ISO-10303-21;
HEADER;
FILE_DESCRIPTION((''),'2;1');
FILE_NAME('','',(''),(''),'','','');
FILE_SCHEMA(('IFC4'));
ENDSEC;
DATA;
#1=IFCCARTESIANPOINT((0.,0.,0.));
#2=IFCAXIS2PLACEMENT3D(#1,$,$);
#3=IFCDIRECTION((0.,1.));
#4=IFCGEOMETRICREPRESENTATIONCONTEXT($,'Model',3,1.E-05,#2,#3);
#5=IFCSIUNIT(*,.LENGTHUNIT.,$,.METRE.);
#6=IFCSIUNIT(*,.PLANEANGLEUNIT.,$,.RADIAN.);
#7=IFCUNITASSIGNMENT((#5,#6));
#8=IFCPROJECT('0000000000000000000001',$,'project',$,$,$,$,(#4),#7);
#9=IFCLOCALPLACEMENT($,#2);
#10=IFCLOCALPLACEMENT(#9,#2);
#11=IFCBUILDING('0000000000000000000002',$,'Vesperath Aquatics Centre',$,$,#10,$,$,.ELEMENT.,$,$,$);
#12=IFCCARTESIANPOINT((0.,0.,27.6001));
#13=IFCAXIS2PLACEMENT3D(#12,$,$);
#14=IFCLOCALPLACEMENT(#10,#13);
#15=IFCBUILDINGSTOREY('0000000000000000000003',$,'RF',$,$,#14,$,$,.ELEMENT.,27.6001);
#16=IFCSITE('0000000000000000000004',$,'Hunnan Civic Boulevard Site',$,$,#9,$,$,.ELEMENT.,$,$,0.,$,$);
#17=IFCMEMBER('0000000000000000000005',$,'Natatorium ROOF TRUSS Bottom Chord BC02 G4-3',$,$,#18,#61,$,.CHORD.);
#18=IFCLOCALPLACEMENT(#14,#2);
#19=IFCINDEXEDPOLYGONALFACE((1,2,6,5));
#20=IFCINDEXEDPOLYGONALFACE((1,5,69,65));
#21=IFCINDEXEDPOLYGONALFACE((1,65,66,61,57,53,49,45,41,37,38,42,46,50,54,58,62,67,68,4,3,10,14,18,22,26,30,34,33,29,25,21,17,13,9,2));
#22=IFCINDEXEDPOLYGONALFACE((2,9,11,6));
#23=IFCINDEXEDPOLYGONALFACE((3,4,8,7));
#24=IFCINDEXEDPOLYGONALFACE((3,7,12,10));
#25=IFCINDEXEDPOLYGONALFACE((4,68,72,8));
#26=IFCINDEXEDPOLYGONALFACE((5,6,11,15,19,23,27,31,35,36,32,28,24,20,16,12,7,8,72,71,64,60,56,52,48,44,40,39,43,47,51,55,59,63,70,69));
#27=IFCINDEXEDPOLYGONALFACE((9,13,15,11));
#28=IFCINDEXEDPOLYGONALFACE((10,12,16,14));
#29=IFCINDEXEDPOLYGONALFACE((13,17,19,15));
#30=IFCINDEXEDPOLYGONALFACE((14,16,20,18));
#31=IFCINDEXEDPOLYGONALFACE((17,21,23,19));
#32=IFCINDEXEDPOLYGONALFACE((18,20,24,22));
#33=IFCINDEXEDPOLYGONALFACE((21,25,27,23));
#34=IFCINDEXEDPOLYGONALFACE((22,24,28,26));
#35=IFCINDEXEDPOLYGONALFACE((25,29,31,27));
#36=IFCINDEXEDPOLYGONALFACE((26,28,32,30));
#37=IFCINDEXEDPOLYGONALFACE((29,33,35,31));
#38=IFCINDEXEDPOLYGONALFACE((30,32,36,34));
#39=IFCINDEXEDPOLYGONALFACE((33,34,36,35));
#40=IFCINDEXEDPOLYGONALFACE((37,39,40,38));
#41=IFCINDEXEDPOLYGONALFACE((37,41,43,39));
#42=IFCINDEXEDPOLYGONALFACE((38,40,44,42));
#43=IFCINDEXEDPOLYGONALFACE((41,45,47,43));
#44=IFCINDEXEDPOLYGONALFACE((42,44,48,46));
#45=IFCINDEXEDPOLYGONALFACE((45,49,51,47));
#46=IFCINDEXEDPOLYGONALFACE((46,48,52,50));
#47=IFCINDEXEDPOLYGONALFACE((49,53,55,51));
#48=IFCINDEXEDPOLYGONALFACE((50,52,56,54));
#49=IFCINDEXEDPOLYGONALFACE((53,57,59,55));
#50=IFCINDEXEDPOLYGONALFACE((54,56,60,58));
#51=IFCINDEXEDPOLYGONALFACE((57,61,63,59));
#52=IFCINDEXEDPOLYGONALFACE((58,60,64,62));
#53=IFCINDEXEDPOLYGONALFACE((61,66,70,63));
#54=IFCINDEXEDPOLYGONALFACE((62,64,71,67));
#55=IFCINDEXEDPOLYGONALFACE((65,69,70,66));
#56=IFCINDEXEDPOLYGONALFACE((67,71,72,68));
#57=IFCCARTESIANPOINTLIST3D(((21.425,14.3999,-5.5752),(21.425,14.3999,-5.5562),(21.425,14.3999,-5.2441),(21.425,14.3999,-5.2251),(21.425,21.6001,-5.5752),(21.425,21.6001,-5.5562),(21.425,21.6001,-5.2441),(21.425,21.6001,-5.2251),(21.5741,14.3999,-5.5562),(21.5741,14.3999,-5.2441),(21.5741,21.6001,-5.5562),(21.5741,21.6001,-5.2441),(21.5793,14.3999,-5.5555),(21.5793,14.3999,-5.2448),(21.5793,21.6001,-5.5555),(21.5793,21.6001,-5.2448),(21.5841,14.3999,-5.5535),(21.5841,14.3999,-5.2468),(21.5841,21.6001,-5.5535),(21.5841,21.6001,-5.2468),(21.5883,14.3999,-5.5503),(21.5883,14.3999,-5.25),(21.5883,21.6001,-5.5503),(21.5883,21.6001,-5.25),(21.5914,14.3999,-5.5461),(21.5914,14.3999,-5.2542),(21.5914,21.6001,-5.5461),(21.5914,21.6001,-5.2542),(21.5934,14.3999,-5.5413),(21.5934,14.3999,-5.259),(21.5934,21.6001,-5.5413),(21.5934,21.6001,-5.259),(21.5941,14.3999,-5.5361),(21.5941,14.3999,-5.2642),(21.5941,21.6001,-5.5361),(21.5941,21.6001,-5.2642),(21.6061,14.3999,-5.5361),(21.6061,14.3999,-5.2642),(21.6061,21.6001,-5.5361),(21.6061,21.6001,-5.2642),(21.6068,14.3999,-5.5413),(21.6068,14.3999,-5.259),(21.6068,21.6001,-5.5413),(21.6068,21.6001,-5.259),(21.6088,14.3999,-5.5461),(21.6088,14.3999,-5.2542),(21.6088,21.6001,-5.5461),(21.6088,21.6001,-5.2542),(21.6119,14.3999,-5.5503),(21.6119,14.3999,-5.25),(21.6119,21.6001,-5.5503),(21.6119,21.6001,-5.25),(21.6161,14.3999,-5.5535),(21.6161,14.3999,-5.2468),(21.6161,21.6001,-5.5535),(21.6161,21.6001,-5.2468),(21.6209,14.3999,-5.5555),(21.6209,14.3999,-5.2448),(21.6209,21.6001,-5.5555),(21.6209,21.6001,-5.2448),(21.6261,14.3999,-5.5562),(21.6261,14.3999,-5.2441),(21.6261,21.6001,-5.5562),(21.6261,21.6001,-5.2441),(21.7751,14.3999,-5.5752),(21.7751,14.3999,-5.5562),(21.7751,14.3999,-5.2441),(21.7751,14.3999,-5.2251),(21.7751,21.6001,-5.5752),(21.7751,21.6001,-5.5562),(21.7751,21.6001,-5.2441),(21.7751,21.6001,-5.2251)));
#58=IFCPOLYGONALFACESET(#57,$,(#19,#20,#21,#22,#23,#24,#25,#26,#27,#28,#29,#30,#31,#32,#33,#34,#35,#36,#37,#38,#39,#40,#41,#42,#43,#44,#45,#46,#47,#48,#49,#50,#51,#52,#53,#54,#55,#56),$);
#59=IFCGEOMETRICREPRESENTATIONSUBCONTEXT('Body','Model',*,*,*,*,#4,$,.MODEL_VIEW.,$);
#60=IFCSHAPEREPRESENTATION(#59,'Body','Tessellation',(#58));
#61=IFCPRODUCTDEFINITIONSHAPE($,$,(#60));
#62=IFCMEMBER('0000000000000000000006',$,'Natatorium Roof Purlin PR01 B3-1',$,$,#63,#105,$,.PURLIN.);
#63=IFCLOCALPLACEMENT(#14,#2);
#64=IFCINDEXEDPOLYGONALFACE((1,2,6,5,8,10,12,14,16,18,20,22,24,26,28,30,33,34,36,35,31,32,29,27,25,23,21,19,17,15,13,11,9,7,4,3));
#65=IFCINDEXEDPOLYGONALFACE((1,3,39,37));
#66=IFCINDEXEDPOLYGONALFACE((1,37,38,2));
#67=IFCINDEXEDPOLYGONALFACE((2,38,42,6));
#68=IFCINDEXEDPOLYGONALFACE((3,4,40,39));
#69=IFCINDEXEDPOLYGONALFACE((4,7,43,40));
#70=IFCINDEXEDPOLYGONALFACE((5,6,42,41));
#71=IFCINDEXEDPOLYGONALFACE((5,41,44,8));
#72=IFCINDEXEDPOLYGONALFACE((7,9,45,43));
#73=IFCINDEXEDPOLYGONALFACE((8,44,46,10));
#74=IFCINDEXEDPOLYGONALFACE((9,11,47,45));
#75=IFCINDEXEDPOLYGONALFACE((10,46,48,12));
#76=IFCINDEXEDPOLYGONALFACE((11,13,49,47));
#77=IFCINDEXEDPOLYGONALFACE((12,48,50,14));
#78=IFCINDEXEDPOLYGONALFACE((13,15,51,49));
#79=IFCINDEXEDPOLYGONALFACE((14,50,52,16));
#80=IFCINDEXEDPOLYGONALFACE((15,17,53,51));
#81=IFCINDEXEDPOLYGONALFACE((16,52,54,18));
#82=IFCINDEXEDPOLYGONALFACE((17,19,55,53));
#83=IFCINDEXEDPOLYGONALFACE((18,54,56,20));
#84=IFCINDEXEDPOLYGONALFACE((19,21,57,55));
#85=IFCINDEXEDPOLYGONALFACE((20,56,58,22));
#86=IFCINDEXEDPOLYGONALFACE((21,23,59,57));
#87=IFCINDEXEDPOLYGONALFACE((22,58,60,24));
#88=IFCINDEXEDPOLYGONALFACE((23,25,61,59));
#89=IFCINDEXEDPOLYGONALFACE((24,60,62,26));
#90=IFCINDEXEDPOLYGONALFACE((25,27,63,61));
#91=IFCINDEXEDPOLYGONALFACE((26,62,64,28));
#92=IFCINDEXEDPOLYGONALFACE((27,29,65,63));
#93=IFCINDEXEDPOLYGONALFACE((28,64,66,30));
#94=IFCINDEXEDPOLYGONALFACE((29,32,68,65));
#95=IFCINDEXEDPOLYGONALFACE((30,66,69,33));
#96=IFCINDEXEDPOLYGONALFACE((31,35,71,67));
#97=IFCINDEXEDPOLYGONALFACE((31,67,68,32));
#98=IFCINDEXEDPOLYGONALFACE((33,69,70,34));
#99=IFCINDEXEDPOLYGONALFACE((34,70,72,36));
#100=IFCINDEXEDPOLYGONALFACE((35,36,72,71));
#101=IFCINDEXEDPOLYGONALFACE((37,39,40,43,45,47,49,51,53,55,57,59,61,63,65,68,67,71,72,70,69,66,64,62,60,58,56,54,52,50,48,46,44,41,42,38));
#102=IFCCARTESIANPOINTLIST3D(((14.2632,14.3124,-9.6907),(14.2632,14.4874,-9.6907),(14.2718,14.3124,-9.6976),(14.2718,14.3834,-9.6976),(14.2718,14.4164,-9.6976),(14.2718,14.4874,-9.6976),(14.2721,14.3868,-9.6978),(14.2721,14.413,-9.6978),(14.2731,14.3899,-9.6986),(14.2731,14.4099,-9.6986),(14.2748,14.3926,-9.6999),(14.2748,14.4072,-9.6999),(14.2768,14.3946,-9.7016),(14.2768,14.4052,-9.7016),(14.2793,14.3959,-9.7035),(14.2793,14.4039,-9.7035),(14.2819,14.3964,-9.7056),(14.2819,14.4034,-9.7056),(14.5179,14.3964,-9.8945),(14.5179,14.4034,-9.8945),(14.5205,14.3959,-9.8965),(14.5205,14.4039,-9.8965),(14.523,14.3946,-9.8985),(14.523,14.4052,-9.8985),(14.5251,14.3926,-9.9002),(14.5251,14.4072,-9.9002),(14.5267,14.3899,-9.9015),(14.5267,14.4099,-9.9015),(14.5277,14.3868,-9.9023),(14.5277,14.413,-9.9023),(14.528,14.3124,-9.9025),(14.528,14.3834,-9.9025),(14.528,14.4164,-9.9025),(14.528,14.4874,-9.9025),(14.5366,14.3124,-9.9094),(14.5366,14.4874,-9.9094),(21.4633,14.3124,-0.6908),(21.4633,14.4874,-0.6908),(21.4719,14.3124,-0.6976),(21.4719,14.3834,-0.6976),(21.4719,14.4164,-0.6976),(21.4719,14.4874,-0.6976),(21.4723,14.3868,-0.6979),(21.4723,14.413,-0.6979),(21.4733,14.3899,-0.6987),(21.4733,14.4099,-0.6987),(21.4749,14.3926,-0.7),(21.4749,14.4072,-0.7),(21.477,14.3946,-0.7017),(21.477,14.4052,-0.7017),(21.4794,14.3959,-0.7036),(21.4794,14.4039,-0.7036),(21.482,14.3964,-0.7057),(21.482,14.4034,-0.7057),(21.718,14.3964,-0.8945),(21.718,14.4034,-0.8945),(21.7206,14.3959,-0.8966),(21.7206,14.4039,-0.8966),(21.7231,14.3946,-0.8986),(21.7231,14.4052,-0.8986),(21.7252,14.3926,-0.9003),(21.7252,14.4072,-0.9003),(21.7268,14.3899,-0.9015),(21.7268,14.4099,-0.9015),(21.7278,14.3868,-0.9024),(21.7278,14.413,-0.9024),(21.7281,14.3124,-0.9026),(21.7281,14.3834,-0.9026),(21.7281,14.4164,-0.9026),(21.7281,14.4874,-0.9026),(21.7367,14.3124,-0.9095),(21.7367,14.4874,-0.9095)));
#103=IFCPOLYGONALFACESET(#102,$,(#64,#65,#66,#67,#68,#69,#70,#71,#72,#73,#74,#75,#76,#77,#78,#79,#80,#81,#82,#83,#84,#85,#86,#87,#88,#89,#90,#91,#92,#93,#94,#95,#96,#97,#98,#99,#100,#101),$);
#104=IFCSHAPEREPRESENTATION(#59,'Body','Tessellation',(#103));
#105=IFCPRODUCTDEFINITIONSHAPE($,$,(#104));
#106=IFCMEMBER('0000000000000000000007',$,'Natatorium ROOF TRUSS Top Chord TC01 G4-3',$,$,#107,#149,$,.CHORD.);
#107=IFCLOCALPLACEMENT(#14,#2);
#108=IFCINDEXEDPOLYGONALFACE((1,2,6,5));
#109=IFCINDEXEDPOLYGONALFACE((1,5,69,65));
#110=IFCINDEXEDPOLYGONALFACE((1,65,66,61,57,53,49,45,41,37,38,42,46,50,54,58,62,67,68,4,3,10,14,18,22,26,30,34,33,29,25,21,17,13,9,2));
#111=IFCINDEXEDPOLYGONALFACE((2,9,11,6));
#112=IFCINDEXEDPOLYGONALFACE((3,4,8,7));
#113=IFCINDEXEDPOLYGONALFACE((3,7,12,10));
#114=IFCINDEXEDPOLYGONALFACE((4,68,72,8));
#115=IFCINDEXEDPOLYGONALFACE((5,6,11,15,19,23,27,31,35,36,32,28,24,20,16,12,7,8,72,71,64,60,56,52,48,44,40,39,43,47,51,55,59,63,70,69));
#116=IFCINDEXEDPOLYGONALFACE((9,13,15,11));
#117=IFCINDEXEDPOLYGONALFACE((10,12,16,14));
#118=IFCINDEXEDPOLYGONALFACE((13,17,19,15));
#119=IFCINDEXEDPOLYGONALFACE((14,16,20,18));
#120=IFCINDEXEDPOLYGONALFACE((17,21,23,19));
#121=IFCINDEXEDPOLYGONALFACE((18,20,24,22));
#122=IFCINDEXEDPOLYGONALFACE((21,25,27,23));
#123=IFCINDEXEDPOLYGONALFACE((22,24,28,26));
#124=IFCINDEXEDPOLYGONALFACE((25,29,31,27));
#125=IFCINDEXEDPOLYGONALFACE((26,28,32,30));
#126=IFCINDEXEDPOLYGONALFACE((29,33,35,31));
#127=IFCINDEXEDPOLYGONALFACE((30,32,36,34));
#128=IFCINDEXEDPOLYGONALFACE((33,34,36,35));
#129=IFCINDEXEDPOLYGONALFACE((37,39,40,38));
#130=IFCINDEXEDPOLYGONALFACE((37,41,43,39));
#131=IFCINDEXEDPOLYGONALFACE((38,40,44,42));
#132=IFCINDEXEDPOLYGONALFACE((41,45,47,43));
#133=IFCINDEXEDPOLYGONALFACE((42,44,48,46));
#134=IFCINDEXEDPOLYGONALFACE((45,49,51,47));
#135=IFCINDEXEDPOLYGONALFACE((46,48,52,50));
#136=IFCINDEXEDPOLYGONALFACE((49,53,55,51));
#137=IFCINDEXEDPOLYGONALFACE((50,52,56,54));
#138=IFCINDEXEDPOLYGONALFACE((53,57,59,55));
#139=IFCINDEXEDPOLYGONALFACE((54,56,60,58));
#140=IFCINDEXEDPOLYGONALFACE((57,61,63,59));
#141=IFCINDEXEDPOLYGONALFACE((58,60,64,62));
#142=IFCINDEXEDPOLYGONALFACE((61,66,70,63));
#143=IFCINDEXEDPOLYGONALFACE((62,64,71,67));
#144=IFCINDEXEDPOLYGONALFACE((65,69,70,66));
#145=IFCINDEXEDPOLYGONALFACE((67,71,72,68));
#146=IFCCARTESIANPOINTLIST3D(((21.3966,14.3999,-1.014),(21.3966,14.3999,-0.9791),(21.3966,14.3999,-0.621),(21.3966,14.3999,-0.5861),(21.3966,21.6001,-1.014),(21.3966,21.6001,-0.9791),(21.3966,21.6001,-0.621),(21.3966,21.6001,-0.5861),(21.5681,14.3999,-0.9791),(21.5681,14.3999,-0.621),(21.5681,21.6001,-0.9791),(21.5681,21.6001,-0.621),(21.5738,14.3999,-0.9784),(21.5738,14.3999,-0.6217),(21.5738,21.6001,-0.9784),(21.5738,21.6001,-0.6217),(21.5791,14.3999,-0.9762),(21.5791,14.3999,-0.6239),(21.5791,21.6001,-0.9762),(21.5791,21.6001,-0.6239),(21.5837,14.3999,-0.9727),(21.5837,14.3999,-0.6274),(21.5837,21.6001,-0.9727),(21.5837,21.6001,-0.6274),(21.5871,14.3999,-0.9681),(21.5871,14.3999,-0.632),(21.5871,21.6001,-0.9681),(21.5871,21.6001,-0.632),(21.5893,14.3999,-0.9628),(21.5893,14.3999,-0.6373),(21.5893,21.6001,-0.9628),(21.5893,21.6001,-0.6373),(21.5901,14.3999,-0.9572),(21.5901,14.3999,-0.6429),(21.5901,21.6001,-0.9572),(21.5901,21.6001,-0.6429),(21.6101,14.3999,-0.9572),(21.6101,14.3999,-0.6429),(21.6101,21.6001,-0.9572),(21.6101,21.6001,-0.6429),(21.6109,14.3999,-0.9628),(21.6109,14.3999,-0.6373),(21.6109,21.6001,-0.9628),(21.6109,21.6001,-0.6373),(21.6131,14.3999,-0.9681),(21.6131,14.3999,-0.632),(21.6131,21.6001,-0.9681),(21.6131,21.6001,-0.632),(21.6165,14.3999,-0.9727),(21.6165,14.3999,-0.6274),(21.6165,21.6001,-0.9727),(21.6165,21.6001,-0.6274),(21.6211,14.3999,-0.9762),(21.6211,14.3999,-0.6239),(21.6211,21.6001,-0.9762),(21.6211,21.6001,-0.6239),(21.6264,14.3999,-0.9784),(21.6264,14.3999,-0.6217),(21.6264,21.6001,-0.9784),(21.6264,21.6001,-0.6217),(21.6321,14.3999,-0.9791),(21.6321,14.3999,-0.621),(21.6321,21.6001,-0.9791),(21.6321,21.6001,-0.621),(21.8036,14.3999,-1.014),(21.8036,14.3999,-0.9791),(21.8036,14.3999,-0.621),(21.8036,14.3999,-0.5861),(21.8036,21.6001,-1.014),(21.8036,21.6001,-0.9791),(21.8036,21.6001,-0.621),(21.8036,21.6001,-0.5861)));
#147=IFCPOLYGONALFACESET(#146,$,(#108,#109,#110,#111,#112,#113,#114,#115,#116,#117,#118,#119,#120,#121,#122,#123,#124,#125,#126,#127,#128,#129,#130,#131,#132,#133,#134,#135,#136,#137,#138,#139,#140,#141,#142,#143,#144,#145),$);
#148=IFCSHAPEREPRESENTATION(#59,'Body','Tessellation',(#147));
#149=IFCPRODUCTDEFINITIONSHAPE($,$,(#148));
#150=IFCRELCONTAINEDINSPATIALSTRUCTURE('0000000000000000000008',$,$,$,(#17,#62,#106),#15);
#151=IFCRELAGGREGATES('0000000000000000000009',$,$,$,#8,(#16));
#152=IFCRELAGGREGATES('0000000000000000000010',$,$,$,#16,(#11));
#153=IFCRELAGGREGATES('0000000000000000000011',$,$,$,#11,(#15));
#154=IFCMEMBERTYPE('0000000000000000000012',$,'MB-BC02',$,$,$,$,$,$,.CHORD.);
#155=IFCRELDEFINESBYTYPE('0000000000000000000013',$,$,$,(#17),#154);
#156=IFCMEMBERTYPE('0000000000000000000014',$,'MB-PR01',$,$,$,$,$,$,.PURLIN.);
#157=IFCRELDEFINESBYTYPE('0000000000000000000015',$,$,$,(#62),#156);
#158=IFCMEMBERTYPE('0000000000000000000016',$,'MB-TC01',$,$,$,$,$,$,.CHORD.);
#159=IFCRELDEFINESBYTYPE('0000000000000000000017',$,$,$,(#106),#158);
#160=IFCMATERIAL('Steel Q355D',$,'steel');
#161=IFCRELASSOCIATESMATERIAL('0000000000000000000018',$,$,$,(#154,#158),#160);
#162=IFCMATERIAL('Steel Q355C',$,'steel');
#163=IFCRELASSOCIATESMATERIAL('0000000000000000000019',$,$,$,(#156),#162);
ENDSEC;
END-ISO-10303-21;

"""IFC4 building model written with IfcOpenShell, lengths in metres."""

from ifc_helpers import new_model, si_unit, direction, frame, origin, origin_2d, place, context, subcontext, project, spatial, i_section, extrude, material, material_profile, profile_set, type_object, element, save


model = new_model("IFC4")

# Units and contexts
model_context = context("Model", 3, precision=1e-05, world=origin(), true_north=direction((0.0, 1.0)))
body_context = subcontext(model_context, "Body", "Model", "MODEL_VIEW")
ifc_project = project(units=[si_unit("LENGTHUNIT", "METRE"), si_unit("PLANEANGLEUNIT", "RADIAN")], contexts=[model_context])

# Site, building, storey
site_placement = place(None, origin())
site = spatial("IfcSite", under=ifc_project, at=site_placement, Name="Hunnan Civic Boulevard Site", CompositionType="ELEMENT", RefElevation=0.0)
building_placement = place(site_placement, origin())
building = spatial("IfcBuilding", under=site, at=building_placement, Name="Vesperath Aquatics Centre", CompositionType="ELEMENT")
storey_placement = place(building_placement, frame((0.0, 0.0, 27.6001)))
storey = spatial("IfcBuildingStorey", under=building, at=storey_placement, Name="RF", CompositionType="ELEMENT", Elevation=27.6001)

# Shared definitions
ifc_material_1 = material(Name="Steel Q355C", Category="steel")

# Members
ifc_material_2 = material(Name="Steel Q355D", Category="steel")
ifc_material_profile_1 = material_profile(ifc_material_2, i_section(OverallWidth=0.3501, OverallDepth=0.3501, WebThickness=0.012, FlangeThickness=0.019, FilletRadius=0.02, at=origin_2d()), Name="HW 350x350x12x19")
ifc_profile_set_1 = profile_set([ifc_material_profile_1], Name="Steel Q355D")
member_type_1 = type_object("IfcMemberType", Name="MB-BC02", PredefinedType="CHORD", material=ifc_profile_set_1)
member_1_placement = place(storey_placement, frame((21.6001, 14.3999, -5.4001), z_axis=(0.0, 1.0, 0.0), x_axis=(-1.0, 0.0, 0.0)))
element("IfcMember", 1, at=member_1_placement, inside=storey, type_object=member_type_1, Name="Natatorium ROOF TRUSS Bottom Chord BC02 G4-3", PredefinedType="CHORD", context=body_context, shape_type="SweptSolid", body=[
    extrude(i_section(OverallWidth=0.3501, OverallDepth=0.3501, WebThickness=0.012, FlangeThickness=0.019, FilletRadius=0.02, at=origin_2d()), origin(), (0.0, 0.0, 1.0), 7.2002),
])
ifc_material_profile_2 = material_profile(ifc_material_1, i_section(OverallWidth=0.175, OverallDepth=0.3501, WebThickness=0.0071, FlangeThickness=0.011, FilletRadius=0.0129, at=origin_2d()), Name="HN 350x175x7x11")
ifc_profile_set_2 = profile_set([ifc_material_profile_2], Name="Steel Q355C")
member_type_2 = type_object("IfcMemberType", Name="MB-PR01", PredefinedType="PURLIN", material=ifc_profile_set_2)
member_2_placement = place(storey_placement, frame((14.3999, 14.3999, -9.8), z_axis=(0.624705, 0.0, 0.780861), x_axis=(0.0, 1.0, 0.0)))
element("IfcMember", 2, at=member_2_placement, inside=storey, type_object=member_type_2, Name="Natatorium Roof Purlin PR01 B3-1", PredefinedType="PURLIN", context=body_context, shape_type="SweptSolid", body=[
    extrude(i_section(OverallWidth=0.175, OverallDepth=0.3501, WebThickness=0.0071, FlangeThickness=0.011, FilletRadius=0.0129, at=origin_2d()), origin(), (0.0, 0.0, 1.0), 11.5256),
])
ifc_material_profile_3 = material_profile(ifc_material_2, i_section(OverallWidth=0.407, OverallDepth=0.428, WebThickness=0.02, FlangeThickness=0.0349, FilletRadius=0.022, at=origin_2d()), Name="HW 428x407x20x35")
ifc_profile_set_3 = profile_set([ifc_material_profile_3], Name="Steel Q355D")
member_type_3 = type_object("IfcMemberType", Name="MB-TC01", PredefinedType="CHORD", material=ifc_profile_set_3)
member_3_placement = place(storey_placement, frame((21.6001, 14.3999, -0.8), z_axis=(0.0, 1.0, 0.0), x_axis=(-1.0, 0.0, 0.0)))
element("IfcMember", 3, at=member_3_placement, inside=storey, type_object=member_type_3, Name="Natatorium ROOF TRUSS Top Chord TC01 G4-3", PredefinedType="CHORD", context=body_context, shape_type="SweptSolid", body=[
    extrude(i_section(OverallWidth=0.407, OverallDepth=0.428, WebThickness=0.02, FlangeThickness=0.0349, FilletRadius=0.022, at=origin_2d()), origin(), (0.0, 0.0, 1.0), 7.2002),
])

save(model, "model.ifc")
